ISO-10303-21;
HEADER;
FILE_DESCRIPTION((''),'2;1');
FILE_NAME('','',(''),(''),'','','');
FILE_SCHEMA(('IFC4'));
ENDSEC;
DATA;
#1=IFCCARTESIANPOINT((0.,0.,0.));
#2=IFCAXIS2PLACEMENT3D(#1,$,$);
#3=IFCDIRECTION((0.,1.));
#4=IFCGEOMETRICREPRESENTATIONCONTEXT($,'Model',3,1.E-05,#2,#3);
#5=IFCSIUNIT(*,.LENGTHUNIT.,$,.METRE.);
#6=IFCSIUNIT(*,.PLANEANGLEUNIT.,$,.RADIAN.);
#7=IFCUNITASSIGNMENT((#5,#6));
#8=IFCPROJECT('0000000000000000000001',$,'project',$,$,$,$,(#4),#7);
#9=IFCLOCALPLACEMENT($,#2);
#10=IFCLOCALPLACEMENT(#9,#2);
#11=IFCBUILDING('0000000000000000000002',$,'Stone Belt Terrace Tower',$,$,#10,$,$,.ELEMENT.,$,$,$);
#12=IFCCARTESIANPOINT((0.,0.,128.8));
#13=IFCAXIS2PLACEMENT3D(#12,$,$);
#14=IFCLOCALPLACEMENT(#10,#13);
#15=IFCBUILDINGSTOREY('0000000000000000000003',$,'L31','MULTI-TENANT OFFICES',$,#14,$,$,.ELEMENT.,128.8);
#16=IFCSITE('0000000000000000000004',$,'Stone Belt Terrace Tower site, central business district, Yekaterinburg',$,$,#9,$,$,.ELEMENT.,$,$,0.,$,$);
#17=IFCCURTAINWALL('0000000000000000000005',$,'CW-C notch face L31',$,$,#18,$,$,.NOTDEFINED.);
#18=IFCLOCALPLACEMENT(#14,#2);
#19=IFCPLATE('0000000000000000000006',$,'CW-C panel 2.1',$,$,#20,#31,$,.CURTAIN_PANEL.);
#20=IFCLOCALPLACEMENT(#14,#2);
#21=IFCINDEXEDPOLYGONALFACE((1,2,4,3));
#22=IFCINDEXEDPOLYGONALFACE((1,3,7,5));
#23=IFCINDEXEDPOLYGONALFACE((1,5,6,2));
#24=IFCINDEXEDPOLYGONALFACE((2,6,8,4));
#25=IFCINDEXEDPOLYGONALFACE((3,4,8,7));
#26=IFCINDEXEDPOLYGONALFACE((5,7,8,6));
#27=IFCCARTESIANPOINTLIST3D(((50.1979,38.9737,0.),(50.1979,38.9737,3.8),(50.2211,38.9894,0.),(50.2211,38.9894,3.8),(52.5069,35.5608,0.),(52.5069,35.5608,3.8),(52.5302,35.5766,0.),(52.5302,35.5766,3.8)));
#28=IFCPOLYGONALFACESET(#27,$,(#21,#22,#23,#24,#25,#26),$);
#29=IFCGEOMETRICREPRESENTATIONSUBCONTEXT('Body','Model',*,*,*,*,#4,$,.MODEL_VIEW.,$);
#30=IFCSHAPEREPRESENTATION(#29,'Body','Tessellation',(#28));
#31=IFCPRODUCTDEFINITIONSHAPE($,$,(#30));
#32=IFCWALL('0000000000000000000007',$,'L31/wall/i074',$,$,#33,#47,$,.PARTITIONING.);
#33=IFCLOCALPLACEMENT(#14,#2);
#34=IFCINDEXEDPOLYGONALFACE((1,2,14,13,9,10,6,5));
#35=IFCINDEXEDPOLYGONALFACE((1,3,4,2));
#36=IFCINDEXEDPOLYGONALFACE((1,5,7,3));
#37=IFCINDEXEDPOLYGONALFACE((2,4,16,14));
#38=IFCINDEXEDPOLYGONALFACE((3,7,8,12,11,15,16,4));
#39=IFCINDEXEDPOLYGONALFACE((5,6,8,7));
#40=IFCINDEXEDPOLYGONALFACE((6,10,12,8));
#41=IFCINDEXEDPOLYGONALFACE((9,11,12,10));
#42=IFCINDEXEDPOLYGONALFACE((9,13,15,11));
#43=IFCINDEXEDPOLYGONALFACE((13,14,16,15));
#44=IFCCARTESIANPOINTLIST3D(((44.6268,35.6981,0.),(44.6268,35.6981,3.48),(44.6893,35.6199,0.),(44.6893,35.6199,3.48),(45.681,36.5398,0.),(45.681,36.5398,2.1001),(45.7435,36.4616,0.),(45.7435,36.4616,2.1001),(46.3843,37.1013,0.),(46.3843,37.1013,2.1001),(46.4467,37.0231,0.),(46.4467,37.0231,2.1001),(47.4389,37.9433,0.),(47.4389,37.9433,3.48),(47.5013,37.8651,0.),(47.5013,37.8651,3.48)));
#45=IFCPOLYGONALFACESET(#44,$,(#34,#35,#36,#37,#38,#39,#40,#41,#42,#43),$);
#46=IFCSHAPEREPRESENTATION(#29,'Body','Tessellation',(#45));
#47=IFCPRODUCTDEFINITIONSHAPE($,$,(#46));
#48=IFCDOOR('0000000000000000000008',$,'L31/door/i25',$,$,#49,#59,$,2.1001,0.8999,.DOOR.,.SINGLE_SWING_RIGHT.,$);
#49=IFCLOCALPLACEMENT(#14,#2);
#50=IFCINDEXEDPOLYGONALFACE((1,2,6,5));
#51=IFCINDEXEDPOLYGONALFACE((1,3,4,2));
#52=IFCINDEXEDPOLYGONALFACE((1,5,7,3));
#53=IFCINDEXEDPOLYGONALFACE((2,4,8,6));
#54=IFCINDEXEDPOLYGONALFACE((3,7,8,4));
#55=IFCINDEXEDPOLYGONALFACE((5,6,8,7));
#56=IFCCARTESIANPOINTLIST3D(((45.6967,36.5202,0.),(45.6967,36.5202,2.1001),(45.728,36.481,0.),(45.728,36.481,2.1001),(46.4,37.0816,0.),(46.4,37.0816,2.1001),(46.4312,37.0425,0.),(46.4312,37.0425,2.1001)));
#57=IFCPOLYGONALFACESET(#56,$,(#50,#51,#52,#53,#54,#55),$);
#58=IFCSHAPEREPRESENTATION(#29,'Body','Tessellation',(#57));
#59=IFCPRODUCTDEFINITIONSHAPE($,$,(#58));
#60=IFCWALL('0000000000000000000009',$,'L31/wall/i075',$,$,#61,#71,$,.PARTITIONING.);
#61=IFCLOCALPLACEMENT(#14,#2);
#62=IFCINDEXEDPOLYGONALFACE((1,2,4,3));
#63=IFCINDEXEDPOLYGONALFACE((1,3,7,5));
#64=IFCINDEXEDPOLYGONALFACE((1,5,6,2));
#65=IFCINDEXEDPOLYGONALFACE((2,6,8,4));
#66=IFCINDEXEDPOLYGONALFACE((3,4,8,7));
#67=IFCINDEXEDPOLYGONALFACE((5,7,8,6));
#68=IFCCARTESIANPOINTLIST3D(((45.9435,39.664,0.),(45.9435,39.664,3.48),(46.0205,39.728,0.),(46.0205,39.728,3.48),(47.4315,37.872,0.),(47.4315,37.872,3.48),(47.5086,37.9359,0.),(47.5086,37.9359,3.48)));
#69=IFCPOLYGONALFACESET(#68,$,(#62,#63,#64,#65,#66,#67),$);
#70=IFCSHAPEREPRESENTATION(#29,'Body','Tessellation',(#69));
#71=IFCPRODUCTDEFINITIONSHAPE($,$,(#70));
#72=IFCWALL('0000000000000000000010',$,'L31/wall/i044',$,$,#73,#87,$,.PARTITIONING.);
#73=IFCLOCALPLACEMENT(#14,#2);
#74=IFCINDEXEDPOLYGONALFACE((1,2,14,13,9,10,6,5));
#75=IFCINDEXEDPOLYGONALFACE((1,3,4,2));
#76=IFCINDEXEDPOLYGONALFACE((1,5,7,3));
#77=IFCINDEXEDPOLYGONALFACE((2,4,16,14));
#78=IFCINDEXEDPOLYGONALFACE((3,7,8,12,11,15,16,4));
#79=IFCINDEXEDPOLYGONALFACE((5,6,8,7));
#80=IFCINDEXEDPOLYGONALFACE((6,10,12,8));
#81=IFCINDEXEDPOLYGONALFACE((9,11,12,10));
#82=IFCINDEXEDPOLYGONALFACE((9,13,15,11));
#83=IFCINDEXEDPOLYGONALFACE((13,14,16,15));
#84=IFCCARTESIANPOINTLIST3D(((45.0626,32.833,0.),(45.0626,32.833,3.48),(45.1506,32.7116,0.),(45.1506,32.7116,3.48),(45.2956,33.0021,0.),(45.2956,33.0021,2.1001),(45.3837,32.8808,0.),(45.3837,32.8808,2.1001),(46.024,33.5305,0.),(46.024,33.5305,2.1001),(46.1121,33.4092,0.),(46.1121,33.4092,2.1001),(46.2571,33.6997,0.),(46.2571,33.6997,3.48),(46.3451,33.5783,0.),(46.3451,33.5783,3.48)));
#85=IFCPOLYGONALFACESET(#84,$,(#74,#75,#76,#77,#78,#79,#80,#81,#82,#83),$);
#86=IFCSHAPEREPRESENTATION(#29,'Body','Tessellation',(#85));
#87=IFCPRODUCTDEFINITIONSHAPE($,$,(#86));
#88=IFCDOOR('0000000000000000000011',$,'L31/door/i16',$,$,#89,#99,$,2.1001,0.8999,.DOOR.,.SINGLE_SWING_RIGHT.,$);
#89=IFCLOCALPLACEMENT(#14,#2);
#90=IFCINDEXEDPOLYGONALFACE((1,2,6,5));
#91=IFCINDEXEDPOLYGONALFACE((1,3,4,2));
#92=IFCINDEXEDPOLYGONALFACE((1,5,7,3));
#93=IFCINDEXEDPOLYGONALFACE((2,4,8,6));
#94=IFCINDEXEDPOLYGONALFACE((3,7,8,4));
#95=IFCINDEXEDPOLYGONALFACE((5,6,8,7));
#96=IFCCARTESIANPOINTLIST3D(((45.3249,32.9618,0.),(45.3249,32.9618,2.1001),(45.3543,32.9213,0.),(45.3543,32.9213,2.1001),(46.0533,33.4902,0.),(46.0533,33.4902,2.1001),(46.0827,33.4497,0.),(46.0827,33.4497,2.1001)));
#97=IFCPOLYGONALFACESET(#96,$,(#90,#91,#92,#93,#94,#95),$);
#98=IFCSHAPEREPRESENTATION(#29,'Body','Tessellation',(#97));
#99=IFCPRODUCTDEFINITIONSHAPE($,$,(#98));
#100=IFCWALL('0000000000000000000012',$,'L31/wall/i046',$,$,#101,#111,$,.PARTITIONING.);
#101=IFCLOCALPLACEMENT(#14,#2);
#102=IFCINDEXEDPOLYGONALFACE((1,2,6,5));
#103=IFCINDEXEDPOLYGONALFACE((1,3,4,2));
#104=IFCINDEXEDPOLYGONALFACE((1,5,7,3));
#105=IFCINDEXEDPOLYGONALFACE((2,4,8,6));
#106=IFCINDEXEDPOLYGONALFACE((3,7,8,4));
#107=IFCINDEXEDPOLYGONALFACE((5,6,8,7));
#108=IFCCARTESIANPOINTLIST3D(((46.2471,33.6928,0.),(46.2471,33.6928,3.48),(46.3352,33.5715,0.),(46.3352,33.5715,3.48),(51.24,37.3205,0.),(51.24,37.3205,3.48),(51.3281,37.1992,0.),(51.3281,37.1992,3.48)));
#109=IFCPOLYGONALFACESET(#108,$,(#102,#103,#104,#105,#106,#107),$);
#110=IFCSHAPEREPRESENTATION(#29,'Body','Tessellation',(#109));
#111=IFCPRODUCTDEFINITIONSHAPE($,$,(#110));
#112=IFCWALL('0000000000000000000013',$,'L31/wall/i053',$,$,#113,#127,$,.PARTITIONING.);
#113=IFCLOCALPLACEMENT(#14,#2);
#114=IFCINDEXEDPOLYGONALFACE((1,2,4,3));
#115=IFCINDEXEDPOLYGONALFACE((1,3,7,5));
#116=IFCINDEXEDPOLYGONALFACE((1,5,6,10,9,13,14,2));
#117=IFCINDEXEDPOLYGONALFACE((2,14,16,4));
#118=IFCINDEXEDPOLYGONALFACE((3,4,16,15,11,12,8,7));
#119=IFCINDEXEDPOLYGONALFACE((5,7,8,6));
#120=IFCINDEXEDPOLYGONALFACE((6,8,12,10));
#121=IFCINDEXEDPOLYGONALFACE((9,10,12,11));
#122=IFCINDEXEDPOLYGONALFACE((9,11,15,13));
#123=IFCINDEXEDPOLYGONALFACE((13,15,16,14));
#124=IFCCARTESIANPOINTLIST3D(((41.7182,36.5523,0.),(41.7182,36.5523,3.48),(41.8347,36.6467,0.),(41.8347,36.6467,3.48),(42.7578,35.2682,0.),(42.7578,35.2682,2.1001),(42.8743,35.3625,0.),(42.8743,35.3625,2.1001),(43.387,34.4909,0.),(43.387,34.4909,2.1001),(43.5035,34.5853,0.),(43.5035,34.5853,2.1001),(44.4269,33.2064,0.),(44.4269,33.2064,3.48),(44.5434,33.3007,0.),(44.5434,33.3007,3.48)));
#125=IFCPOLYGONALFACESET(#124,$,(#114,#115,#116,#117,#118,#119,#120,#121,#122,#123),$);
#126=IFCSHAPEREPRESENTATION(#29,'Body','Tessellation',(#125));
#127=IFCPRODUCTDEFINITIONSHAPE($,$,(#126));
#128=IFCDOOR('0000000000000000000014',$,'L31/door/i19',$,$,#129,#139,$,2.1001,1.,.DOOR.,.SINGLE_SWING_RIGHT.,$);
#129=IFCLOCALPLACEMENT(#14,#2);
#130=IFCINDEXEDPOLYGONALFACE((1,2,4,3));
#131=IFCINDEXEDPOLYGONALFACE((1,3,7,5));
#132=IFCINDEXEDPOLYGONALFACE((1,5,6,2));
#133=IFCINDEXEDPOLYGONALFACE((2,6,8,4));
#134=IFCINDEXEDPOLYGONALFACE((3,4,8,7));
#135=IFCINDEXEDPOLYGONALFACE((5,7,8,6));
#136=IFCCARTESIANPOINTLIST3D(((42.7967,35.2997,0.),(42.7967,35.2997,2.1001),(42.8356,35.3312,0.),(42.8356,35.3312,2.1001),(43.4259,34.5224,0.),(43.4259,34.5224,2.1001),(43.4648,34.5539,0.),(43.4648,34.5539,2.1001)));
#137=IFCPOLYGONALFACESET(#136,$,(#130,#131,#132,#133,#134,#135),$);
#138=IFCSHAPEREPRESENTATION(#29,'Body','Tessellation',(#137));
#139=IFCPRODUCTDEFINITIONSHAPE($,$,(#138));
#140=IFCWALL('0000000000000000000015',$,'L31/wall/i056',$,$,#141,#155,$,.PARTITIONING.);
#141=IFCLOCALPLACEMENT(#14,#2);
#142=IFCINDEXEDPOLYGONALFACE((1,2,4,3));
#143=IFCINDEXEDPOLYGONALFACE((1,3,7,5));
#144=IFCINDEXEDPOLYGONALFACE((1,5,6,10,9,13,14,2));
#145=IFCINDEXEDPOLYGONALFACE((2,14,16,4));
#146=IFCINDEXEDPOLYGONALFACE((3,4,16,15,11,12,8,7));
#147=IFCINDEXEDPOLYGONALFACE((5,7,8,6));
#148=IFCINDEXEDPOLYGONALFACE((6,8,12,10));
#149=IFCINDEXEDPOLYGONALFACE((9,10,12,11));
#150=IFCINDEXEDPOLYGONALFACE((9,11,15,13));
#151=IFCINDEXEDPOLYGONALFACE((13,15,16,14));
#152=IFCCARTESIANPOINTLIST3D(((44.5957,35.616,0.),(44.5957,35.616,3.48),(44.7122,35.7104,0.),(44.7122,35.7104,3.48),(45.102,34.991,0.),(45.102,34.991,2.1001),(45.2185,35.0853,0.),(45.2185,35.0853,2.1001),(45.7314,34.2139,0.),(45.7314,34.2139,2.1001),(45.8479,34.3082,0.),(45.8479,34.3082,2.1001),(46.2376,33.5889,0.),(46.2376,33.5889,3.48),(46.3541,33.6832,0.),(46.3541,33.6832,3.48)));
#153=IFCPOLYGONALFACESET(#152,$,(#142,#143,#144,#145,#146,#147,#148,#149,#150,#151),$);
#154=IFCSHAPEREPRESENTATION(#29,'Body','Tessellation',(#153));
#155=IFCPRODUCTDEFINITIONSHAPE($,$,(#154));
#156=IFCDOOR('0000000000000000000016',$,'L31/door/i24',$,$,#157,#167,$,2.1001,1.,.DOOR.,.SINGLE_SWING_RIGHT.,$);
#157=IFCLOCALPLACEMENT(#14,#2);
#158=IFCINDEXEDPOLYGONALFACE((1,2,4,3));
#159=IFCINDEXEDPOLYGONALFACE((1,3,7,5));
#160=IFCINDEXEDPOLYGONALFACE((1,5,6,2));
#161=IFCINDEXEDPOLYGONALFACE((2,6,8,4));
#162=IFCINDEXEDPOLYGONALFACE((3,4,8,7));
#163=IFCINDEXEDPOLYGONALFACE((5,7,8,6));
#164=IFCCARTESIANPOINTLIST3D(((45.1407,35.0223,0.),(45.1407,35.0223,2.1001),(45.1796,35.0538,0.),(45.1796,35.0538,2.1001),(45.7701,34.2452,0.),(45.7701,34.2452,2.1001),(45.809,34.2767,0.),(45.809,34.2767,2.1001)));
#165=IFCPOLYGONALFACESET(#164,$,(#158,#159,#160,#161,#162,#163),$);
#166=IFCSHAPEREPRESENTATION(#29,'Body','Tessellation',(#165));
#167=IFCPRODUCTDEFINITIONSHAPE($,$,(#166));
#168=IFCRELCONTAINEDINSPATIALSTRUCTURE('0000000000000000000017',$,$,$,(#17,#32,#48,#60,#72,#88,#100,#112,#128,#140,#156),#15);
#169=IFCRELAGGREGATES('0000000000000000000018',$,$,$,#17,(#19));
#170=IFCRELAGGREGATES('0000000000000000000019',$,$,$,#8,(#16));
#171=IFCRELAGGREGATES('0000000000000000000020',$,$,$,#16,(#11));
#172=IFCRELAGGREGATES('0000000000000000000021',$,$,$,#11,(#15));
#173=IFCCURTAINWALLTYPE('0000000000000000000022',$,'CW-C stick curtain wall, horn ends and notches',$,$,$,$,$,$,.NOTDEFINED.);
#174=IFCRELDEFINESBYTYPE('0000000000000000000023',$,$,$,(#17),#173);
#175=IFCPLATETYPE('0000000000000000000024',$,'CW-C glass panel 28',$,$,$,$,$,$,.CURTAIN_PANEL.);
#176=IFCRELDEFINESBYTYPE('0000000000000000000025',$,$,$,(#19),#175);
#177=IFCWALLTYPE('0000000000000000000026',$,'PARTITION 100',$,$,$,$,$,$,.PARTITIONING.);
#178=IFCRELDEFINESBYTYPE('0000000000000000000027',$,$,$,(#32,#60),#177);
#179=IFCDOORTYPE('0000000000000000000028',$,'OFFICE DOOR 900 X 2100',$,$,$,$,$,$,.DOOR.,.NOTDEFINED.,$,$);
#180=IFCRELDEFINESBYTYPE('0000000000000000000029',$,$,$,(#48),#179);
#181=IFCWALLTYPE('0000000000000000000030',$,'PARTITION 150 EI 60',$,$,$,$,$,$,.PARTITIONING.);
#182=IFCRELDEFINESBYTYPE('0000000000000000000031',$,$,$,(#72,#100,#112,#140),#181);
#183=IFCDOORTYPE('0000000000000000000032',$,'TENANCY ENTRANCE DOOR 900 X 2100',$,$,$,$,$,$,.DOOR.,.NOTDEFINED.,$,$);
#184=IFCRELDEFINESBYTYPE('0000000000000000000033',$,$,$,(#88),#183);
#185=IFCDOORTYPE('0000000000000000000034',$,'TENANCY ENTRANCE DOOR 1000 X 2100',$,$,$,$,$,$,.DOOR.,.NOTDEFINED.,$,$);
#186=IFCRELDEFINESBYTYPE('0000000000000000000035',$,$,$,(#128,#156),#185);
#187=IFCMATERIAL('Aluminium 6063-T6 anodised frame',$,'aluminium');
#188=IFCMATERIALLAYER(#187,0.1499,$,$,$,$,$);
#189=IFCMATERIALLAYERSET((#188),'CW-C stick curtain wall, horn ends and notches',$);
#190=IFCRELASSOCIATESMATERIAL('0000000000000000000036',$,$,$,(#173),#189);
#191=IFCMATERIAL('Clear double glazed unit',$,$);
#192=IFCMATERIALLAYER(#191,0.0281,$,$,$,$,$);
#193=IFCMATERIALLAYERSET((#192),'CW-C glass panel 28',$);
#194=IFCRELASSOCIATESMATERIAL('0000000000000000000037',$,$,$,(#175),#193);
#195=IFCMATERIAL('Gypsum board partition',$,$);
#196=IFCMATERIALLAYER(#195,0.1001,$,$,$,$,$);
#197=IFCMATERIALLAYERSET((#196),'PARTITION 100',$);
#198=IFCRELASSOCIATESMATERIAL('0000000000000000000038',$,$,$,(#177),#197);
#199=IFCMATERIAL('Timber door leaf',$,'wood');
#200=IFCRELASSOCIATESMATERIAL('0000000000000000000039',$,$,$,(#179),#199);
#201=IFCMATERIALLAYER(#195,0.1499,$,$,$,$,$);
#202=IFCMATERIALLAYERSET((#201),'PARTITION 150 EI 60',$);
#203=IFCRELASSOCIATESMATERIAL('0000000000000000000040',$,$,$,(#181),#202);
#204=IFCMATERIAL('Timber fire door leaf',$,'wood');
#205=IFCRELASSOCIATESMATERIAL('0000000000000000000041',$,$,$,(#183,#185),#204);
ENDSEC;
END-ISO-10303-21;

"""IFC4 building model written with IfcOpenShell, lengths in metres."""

from ifc_helpers import new_model, si_unit, direction, frame, frame_2d, origin, origin_2d, place, context, subcontext, project, spatial, rectangle, extrude, material, layer, layer_set, type_object, element, fill, aggregate, save


model = new_model("IFC4")

# Units and contexts
model_context = context("Model", 3, precision=1e-05, world=origin(), true_north=direction((0.0, 1.0)))
body_context = subcontext(model_context, "Body", "Model", "MODEL_VIEW")
ifc_project = project(units=[si_unit("LENGTHUNIT", "METRE"), si_unit("PLANEANGLEUNIT", "RADIAN")], contexts=[model_context])

# Site, building, storey
site_placement = place(None, origin())
site = spatial("IfcSite", under=ifc_project, at=site_placement, Name="Stone Belt Terrace Tower site, central business district, Yekaterinburg", CompositionType="ELEMENT", RefElevation=0.0)
building_placement = place(site_placement, origin())
building = spatial("IfcBuilding", under=site, at=building_placement, Name="Stone Belt Terrace Tower", CompositionType="ELEMENT")
storey_placement = place(building_placement, frame((0.0, 0.0, 128.8)))
storey = spatial("IfcBuildingStorey", under=building, at=storey_placement, Name="L31", Description="MULTI-TENANT OFFICES", CompositionType="ELEMENT", Elevation=128.8)

# Curtain wall
ifc_material_1 = material(Name="Aluminium 6063-T6 anodised frame", Category="aluminium")
ifc_layer_1 = layer(ifc_material_1, 0.1499)
ifc_layer_set_1 = layer_set([ifc_layer_1], Name="CW-C stick curtain wall, horn ends and notches")
curtain_wall_type = type_object("IfcCurtainWallType", Name="CW-C stick curtain wall, horn ends and notches", PredefinedType="NOTDEFINED", material=ifc_layer_set_1)
curtain_wall_1_placement = place(storey_placement, origin())
curtain_wall_1 = element("IfcCurtainWall", 1, at=curtain_wall_1_placement, inside=storey, type_object=curtain_wall_type, Name="CW-C notch face L31", PredefinedType="NOTDEFINED")

# Plate
ifc_material_2 = material(Name="Clear double glazed unit")
ifc_layer_2 = layer(ifc_material_2, 0.0281)
ifc_layer_set_2 = layer_set([ifc_layer_2], Name="CW-C glass panel 28")
plate_type = type_object("IfcPlateType", Name="CW-C glass panel 28", PredefinedType="CURTAIN_PANEL", material=ifc_layer_set_2)
plate_1_placement = place(storey_placement, frame((51.364, 37.2751, 0.0), z_axis=(0.0, 0.0, 1.0), x_axis=(-0.560367, 0.828244, 0.0)))
plate_1 = element("IfcPlate", 2, at=plate_1_placement, type_object=plate_type, Name="CW-C panel 2.1", PredefinedType="CURTAIN_PANEL", context=body_context, shape_type="SweptSolid", body=[
    extrude(rectangle(XDim=4.1206, YDim=0.0281, at=origin_2d()), origin(), (0.0, 0.0, 1.0), 3.8),
])
aggregate(curtain_wall_1, [plate_1])

# Wall, opening, door
ifc_material_3 = material(Name="Gypsum board partition")
ifc_layer_3 = layer(ifc_material_3, 0.1001)
ifc_layer_set_3 = layer_set([ifc_layer_3], Name="PARTITION 100")
wall_type_1 = type_object("IfcWallType", Name="PARTITION 100", PredefinedType="PARTITIONING", material=ifc_layer_set_3)
wall_1_placement = place(storey_placement, frame((44.658, 35.6589, 0.0), z_axis=(0.0, 0.0, 1.0), x_axis=(0.781477, 0.623934, 0.0)))
wall_1 = element("IfcWall", 3, at=wall_1_placement, inside=storey, type_object=wall_type_1, Name="L31/wall/i074", PredefinedType="PARTITIONING", context=body_context, shape_type="SweptSolid", body=[
    extrude(rectangle(XDim=3.5984, YDim=0.1001, at=frame_2d((1.7993, 0.0))), origin(), (0.0, 0.0, 1.0), 3.48),
])
opening_1_placement = place(wall_1_placement, frame((1.3491, 0.0, 0.0)))
opening_1 = element("IfcOpeningElement", 4, at=opening_1_placement, cuts=wall_1, PredefinedType="OPENING", context=body_context, shape_type="SweptSolid", body=[
    extrude(rectangle(XDim=0.8999, YDim=2.1001, at=frame_2d((0.45, 1.05))), frame((0.0, 0.0601, 0.0), z_axis=(0.0, -1.0, 0.0), x_axis=(1.0, 0.0, 0.0)), (0.0, 0.0, 1.0), 0.1201),
])
ifc_material_4 = material(Name="Timber door leaf", Category="wood")
door_type_1 = type_object("IfcDoorType", Name="OFFICE DOOR 900 X 2100", OperationType="NOTDEFINED", PredefinedType="DOOR", material=ifc_material_4)
door_1_placement = place(opening_1_placement, origin())
door_1 = element("IfcDoor", 5, at=door_1_placement, inside=storey, type_object=door_type_1, Name="L31/door/i25", OperationType="SINGLE_SWING_RIGHT", OverallHeight=2.1001, OverallWidth=0.8999, PredefinedType="DOOR", context=body_context, shape_type="SweptSolid", body=[
    extrude(rectangle(XDim=0.8999, YDim=2.1001, at=frame_2d((0.45, 1.05))), frame((0.0, 0.0249, 0.0), z_axis=(0.0, -1.0, 0.0), x_axis=(1.0, 0.0, 0.0)), (0.0, 0.0, 1.0), 0.05),
])
fill(opening_1, door_1)

# Wall
wall_2_placement = place(storey_placement, frame((47.47, 37.9041, 0.0), z_axis=(0.0, 0.0, 1.0), x_axis=(-0.638843, 0.769337, 0.0)))
element("IfcWall", 6, at=wall_2_placement, inside=storey, type_object=wall_type_1, Name="L31/wall/i075", PredefinedType="PARTITIONING", context=body_context, shape_type="SweptSolid", body=[
    extrude(rectangle(XDim=2.3293, YDim=0.1001, at=frame_2d((1.1646, 0.0))), origin(), (0.0, 0.0, 1.0), 3.48),
])

# Wall, opening, door
ifc_layer_4 = layer(ifc_material_3, 0.1499)
ifc_layer_set_4 = layer_set([ifc_layer_4], Name="PARTITION 150 EI 60")
wall_type_2 = type_object("IfcWallType", Name="PARTITION 150 EI 60", PredefinedType="PARTITIONING", material=ifc_layer_set_4)
wall_3_placement = place(storey_placement, frame((46.301, 33.6389, 0.0), z_axis=(0.0, 0.0, 1.0), x_axis=(-0.809408, -0.587247, 0.0)))
wall_3 = element("IfcWall", 7, at=wall_3_placement, inside=storey, type_object=wall_type_2, Name="L31/wall/i044", PredefinedType="PARTITIONING", context=body_context, shape_type="SweptSolid", body=[
    extrude(rectangle(XDim=1.4758, YDim=0.1499, at=frame_2d((0.7378, 0.0))), origin(), (0.0, 0.0, 1.0), 3.48),
])
opening_2_placement = place(wall_3_placement, frame((0.2878, 0.0, 0.0)))
opening_2 = element("IfcOpeningElement", 8, at=opening_2_placement, cuts=wall_3, PredefinedType="OPENING", context=body_context, shape_type="SweptSolid", body=[
    extrude(rectangle(XDim=0.8999, YDim=2.1001, at=frame_2d((0.45, 1.05))), frame((0.0, 0.085, 0.0), z_axis=(0.0, -1.0, 0.0), x_axis=(1.0, 0.0, 0.0)), (0.0, 0.0, 1.0), 0.1699),
])
ifc_material_5 = material(Name="Timber fire door leaf", Category="wood")
door_type_2 = type_object("IfcDoorType", Name="TENANCY ENTRANCE DOOR 900 X 2100", OperationType="NOTDEFINED", PredefinedType="DOOR", material=ifc_material_5)
door_2_placement = place(opening_2_placement, origin())
door_2 = element("IfcDoor", 9, at=door_2_placement, inside=storey, type_object=door_type_2, Name="L31/door/i16", OperationType="SINGLE_SWING_RIGHT", OverallHeight=2.1001, OverallWidth=0.8999, PredefinedType="DOOR", context=body_context, shape_type="SweptSolid", body=[
    extrude(rectangle(XDim=0.8999, YDim=2.1001, at=frame_2d((0.45, 1.05))), frame((0.0, 0.0249, 0.0), z_axis=(0.0, -1.0, 0.0), x_axis=(1.0, 0.0, 0.0)), (0.0, 0.0, 1.0), 0.05),
])
fill(opening_2, door_2)

# Wall
wall_4_placement = place(storey_placement, frame((46.291, 33.6321, 0.0), z_axis=(0.0, 0.0, 1.0), x_axis=(0.809008, 0.587798, 0.0)))
element("IfcWall", 10, at=wall_4_placement, inside=storey, type_object=wall_type_2, Name="L31/wall/i046", PredefinedType="PARTITIONING", context=body_context, shape_type="SweptSolid", body=[
    extrude(rectangle(XDim=6.1716, YDim=0.1499, at=frame_2d((3.0859, 0.0))), origin(), (0.0, 0.0, 1.0), 3.48),
])

# Walls, openings, doors
wall_5_placement = place(storey_placement, frame((44.4851, 33.2537, 0.0), z_axis=(0.0, 0.0, 1.0), x_axis=(-0.629215, 0.777232, 0.0)))
wall_5 = element("IfcWall", 11, at=wall_5_placement, inside=storey, type_object=wall_type_2, Name="L31/wall/i053", PredefinedType="PARTITIONING", context=body_context, shape_type="SweptSolid", body=[
    extrude(rectangle(XDim=4.3049, YDim=0.1499, at=frame_2d((2.1523, 0.0))), origin(), (0.0, 0.0, 1.0), 3.48),
])
opening_3_placement = place(wall_5_placement, frame((1.6526, 0.0, 0.0)))
opening_3 = element("IfcOpeningElement", 12, at=opening_3_placement, cuts=wall_5, PredefinedType="OPENING", context=body_context, shape_type="SweptSolid", body=[
    extrude(rectangle(XDim=1.0, YDim=2.1001, at=frame_2d((0.5, 1.05))), frame((0.0, 0.085, 0.0), z_axis=(0.0, -1.0, 0.0), x_axis=(1.0, 0.0, 0.0)), (0.0, 0.0, 1.0), 0.1699),
])
door_type_3 = type_object("IfcDoorType", Name="TENANCY ENTRANCE DOOR 1000 X 2100", OperationType="NOTDEFINED", PredefinedType="DOOR", material=ifc_material_5)
door_3_placement = place(opening_3_placement, origin())
door_3 = element("IfcDoor", 13, at=door_3_placement, inside=storey, type_object=door_type_3, Name="L31/door/i19", OperationType="SINGLE_SWING_RIGHT", OverallHeight=2.1001, OverallWidth=1.0, PredefinedType="DOOR", context=body_context, shape_type="SweptSolid", body=[
    extrude(rectangle(XDim=1.0, YDim=2.1001, at=frame_2d((0.5, 1.05))), frame((0.0, 0.0249, 0.0), z_axis=(0.0, -1.0, 0.0), x_axis=(1.0, 0.0, 0.0)), (0.0, 0.0, 1.0), 0.05),
])
fill(opening_3, door_3)
wall_6_placement = place(storey_placement, frame((44.6541, 35.6631, 0.0), z_axis=(0.0, 0.0, 1.0), x_axis=(0.629397, -0.777084, 0.0)))
wall_6 = element("IfcWall", 14, at=wall_6_placement, inside=storey, type_object=wall_type_2, Name="L31/wall/i056", PredefinedType="PARTITIONING", context=body_context, shape_type="SweptSolid", body=[
    extrude(rectangle(XDim=2.6086, YDim=0.1499, at=frame_2d((1.3042, 0.0))), origin(), (0.0, 0.0, 1.0), 3.48),
])
opening_4_placement = place(wall_6_placement, frame((0.8042, 0.0, 0.0)))
opening_4 = element("IfcOpeningElement", 15, at=opening_4_placement, cuts=wall_6, PredefinedType="OPENING", context=body_context, shape_type="SweptSolid", body=[
    extrude(rectangle(XDim=1.0, YDim=2.1001, at=frame_2d((0.5, 1.05))), frame((0.0, 0.085, 0.0), z_axis=(0.0, -1.0, 0.0), x_axis=(1.0, 0.0, 0.0)), (0.0, 0.0, 1.0), 0.1699),
])
door_4_placement = place(opening_4_placement, origin())
door_4 = element("IfcDoor", 16, at=door_4_placement, inside=storey, type_object=door_type_3, Name="L31/door/i24", OperationType="SINGLE_SWING_RIGHT", OverallHeight=2.1001, OverallWidth=1.0, PredefinedType="DOOR", context=body_context, shape_type="SweptSolid", body=[
    extrude(rectangle(XDim=1.0, YDim=2.1001, at=frame_2d((0.5, 1.05))), frame((0.0, 0.0249, 0.0), z_axis=(0.0, -1.0, 0.0), x_axis=(1.0, 0.0, 0.0)), (0.0, 0.0, 1.0), 0.05),
])
fill(opening_4, door_4)

save(model, "model.ifc")
